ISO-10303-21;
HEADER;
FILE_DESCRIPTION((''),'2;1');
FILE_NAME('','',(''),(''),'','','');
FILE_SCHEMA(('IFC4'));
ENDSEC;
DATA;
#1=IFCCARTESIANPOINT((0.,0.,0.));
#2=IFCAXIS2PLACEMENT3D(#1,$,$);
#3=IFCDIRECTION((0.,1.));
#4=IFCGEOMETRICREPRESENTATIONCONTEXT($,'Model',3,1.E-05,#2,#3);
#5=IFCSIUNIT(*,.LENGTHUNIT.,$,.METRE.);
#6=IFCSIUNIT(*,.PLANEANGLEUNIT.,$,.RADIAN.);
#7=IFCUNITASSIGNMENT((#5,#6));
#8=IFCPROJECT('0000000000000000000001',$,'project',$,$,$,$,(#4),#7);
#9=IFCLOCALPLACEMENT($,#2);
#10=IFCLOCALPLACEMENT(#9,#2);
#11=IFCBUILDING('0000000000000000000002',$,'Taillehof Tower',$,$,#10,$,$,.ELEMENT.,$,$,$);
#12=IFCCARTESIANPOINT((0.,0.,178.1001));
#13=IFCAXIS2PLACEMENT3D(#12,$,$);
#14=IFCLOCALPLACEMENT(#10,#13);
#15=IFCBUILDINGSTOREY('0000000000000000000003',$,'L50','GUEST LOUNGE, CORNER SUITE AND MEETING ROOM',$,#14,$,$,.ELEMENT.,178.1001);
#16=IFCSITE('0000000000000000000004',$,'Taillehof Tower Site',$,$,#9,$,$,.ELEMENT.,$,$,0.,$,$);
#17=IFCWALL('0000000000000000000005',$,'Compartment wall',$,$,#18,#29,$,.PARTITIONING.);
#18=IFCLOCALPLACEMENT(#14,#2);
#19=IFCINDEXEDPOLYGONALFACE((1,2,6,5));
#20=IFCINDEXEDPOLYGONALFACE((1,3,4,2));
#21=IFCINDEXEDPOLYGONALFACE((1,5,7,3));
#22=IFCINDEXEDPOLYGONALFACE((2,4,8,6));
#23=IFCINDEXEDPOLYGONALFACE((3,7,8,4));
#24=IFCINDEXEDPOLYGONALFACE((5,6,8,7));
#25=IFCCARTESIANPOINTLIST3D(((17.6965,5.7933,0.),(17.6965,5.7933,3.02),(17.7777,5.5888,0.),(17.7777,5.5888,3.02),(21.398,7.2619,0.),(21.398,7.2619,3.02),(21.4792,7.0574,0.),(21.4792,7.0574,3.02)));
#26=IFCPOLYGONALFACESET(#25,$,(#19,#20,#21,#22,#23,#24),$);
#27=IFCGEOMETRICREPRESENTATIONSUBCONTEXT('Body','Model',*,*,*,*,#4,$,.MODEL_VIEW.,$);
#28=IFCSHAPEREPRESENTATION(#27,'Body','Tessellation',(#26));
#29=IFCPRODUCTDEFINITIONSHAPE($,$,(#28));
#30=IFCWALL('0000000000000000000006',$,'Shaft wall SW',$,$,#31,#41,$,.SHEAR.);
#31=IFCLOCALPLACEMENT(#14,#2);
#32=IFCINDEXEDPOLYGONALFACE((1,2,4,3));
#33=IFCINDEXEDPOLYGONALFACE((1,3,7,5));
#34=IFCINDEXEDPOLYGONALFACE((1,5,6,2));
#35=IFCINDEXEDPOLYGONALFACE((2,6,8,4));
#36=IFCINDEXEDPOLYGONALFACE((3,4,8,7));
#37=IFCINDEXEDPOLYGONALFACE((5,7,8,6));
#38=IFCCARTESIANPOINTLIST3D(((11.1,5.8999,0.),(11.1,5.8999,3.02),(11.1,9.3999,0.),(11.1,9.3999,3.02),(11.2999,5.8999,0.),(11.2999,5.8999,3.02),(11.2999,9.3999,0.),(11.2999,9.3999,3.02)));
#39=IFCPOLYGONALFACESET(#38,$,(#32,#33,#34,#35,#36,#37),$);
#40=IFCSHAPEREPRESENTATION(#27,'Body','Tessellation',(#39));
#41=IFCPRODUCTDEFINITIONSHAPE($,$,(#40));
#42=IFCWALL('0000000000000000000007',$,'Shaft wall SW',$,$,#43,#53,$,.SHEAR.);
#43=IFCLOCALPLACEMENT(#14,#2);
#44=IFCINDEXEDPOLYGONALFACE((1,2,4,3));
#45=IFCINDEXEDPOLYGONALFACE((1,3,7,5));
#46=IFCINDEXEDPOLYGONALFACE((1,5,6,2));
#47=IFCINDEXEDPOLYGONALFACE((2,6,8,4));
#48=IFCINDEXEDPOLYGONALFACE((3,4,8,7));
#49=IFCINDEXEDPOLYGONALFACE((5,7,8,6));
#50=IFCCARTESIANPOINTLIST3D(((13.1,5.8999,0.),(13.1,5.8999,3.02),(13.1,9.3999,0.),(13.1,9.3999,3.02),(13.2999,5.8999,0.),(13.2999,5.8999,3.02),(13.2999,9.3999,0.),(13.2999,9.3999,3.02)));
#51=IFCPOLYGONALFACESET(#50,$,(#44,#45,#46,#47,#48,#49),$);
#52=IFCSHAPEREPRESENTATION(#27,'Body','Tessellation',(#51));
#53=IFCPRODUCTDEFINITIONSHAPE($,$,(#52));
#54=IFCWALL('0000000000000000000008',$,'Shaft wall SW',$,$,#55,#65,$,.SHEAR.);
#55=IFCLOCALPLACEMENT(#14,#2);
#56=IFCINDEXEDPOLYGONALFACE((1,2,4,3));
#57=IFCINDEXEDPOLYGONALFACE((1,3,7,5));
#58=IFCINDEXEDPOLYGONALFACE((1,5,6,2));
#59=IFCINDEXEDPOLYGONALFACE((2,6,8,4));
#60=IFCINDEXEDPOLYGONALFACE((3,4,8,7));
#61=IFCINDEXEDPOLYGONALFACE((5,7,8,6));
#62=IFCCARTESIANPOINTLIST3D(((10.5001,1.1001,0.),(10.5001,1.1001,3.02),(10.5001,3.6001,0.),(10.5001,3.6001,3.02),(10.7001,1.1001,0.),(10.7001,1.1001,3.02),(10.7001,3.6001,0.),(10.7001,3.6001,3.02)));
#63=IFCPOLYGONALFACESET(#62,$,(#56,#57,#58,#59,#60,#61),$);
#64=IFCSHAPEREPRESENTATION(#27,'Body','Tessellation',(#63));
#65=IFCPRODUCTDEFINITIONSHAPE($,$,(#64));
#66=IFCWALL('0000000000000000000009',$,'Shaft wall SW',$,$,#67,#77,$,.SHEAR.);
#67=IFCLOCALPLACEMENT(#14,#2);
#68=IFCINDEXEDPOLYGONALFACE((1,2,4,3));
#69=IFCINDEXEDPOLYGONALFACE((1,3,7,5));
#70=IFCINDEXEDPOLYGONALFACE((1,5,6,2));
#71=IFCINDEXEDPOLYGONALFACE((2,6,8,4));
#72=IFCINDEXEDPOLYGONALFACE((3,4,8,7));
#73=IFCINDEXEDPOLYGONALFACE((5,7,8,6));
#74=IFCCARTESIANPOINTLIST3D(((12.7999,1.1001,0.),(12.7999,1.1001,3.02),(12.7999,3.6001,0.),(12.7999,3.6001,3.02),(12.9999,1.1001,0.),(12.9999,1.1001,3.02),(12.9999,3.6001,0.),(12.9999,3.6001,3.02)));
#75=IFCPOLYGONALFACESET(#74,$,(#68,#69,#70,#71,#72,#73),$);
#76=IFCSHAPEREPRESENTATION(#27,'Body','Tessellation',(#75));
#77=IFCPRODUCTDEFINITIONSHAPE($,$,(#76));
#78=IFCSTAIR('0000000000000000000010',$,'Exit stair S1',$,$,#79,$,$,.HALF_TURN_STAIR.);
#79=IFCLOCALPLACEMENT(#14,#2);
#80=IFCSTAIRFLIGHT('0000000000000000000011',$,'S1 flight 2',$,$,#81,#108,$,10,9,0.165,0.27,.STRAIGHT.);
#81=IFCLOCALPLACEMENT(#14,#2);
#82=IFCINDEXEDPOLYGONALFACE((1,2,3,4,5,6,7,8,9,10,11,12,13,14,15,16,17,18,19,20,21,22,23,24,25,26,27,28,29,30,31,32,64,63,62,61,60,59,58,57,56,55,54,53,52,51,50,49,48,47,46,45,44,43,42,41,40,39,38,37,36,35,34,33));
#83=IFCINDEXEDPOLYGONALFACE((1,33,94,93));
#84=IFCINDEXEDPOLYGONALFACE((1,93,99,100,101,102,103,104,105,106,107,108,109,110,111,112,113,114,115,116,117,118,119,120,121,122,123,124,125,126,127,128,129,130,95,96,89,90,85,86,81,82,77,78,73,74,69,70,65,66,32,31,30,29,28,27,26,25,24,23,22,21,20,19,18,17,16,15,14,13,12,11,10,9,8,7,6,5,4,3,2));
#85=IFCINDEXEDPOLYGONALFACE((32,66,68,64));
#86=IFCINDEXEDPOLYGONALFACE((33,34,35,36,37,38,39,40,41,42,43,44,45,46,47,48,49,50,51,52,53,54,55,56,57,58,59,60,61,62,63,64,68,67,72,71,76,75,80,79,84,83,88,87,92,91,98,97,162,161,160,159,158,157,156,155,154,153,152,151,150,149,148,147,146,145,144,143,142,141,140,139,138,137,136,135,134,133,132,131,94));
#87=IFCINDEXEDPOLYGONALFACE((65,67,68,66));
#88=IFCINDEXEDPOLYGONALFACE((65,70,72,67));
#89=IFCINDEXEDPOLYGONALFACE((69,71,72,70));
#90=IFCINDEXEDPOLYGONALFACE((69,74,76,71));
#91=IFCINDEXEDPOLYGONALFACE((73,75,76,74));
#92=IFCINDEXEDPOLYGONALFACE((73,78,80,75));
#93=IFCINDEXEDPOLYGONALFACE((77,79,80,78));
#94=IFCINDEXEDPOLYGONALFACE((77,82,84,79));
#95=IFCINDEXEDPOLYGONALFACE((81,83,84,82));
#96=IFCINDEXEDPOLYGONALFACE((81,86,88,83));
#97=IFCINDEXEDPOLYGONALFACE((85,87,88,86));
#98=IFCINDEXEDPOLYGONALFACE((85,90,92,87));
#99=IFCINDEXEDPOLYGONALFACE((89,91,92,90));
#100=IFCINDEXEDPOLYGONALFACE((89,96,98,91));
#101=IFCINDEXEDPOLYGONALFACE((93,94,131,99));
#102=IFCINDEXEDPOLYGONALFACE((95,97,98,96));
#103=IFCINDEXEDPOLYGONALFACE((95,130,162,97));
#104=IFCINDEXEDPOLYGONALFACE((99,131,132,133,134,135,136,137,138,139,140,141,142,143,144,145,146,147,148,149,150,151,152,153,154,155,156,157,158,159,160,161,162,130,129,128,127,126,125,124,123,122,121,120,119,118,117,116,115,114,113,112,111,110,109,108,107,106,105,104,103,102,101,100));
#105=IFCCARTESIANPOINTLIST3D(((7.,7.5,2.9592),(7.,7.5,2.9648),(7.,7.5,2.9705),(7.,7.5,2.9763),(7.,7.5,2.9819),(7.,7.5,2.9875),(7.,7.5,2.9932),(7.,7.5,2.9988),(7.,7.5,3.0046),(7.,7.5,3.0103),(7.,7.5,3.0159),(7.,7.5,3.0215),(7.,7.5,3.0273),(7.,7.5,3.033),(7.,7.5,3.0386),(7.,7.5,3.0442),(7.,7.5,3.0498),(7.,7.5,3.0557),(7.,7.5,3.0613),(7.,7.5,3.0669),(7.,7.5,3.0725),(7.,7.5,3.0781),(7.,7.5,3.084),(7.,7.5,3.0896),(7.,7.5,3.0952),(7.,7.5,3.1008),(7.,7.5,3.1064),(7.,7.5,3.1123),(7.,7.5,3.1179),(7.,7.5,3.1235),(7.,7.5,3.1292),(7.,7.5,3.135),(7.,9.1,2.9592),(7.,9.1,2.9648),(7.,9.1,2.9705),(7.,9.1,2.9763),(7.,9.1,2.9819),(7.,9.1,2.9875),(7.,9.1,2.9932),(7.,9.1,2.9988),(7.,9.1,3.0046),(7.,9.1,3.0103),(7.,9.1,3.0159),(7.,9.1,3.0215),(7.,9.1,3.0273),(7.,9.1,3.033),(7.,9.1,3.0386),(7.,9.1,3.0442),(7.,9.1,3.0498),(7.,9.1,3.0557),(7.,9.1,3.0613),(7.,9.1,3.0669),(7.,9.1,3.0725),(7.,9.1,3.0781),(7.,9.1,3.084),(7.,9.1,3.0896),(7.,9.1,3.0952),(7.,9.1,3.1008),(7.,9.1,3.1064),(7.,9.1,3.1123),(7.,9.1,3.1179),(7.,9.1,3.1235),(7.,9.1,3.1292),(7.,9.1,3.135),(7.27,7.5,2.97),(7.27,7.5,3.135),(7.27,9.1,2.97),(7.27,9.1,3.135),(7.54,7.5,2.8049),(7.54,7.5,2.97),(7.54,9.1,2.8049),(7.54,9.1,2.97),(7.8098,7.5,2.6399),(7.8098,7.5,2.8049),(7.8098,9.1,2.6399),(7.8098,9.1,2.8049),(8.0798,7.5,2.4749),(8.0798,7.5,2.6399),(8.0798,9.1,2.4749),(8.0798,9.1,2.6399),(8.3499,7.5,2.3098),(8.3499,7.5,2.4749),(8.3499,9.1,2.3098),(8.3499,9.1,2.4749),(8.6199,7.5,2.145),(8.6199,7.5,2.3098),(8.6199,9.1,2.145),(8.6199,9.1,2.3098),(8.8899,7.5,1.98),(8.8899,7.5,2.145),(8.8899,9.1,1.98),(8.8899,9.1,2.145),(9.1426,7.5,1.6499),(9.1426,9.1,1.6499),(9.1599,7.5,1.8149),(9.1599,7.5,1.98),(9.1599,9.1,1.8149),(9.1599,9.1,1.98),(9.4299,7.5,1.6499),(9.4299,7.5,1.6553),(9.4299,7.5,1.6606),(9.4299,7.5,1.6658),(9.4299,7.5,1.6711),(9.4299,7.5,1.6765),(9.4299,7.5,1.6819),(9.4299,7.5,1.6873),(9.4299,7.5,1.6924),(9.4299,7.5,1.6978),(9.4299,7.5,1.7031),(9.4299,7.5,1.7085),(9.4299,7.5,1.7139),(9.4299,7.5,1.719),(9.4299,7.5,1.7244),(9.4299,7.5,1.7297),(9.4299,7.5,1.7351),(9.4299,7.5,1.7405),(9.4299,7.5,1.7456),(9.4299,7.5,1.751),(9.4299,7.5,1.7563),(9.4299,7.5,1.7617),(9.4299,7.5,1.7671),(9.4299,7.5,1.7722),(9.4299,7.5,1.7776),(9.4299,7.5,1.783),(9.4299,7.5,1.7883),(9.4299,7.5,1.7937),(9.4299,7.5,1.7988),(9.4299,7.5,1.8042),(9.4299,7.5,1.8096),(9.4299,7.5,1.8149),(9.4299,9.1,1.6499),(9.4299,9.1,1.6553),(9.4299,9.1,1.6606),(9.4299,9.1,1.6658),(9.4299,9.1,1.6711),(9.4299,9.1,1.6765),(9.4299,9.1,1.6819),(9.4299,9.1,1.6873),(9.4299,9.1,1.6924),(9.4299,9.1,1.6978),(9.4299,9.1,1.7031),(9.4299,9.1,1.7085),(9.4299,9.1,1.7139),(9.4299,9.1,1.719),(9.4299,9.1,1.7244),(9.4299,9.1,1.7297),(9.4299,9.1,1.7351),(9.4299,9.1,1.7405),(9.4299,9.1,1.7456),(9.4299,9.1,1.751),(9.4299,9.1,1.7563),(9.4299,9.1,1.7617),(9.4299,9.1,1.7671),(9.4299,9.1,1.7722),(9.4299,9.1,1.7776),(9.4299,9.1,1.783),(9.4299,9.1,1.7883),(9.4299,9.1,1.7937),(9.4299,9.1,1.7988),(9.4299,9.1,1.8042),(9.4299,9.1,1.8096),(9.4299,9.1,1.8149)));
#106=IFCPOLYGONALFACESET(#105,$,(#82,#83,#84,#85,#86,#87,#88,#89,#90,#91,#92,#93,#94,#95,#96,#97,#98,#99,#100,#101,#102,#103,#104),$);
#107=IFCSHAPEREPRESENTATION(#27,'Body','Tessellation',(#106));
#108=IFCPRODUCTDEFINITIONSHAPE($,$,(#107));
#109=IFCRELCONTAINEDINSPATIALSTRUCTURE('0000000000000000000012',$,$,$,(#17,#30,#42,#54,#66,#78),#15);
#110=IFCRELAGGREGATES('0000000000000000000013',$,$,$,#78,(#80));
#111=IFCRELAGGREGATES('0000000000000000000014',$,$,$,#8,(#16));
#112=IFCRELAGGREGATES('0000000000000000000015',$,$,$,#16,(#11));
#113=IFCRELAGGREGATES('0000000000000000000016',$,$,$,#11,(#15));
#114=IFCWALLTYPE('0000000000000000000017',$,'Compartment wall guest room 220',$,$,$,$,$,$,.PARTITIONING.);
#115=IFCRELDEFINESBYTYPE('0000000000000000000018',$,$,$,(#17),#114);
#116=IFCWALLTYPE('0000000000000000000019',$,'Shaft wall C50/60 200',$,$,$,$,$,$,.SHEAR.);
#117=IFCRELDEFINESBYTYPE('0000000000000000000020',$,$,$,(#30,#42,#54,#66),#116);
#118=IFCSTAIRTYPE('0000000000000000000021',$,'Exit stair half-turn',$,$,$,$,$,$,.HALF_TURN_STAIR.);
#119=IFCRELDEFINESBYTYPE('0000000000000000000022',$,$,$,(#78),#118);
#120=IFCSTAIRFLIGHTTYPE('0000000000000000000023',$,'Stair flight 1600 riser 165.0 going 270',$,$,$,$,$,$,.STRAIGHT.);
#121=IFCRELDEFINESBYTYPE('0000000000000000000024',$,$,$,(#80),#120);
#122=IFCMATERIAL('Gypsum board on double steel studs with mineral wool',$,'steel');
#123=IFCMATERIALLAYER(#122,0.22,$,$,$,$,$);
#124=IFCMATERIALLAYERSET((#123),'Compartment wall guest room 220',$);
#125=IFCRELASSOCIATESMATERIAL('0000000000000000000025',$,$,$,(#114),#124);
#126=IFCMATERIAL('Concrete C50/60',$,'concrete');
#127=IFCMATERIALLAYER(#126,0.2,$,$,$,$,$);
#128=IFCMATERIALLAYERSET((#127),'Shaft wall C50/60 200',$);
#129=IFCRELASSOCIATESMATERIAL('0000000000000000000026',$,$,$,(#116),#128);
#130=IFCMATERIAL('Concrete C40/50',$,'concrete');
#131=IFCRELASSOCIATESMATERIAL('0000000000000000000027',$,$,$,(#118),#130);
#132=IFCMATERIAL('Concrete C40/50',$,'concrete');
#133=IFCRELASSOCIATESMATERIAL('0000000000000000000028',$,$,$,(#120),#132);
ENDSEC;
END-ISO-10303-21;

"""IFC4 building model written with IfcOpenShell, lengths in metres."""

from ifc_helpers import new_model, si_unit, direction, frame, frame_2d, origin, place, context, subcontext, project, spatial, polyline, rectangle, outline, extrude, material, layer, layer_set, type_object, element, aggregate, save


model = new_model("IFC4")

# Units and contexts
model_context = context("Model", 3, precision=1e-05, world=origin(), true_north=direction((0.0, 1.0)))
body_context = subcontext(model_context, "Body", "Model", "MODEL_VIEW")
ifc_project = project(units=[si_unit("LENGTHUNIT", "METRE"), si_unit("PLANEANGLEUNIT", "RADIAN")], contexts=[model_context])

# Site, building, storey
site_placement = place(None, origin())
site = spatial("IfcSite", under=ifc_project, at=site_placement, Name="Taillehof Tower Site", CompositionType="ELEMENT", RefElevation=0.0)
building_placement = place(site_placement, origin())
building = spatial("IfcBuilding", under=site, at=building_placement, Name="Taillehof Tower", CompositionType="ELEMENT")
storey_placement = place(building_placement, frame((0.0, 0.0, 178.1001)))
storey = spatial("IfcBuildingStorey", under=building, at=storey_placement, Name="L50", Description="GUEST LOUNGE, CORNER SUITE AND MEETING ROOM", CompositionType="ELEMENT", Elevation=178.1001)

# Walls
ifc_material_1 = material(Name="Gypsum board on double steel studs with mineral wool", Category="steel")
ifc_layer_1 = layer(ifc_material_1, 0.22)
ifc_layer_set_1 = layer_set([ifc_layer_1], Name="Compartment wall guest room 220")
wall_type_1 = type_object("IfcWallType", Name="Compartment wall guest room 220", PredefinedType="PARTITIONING", material=ifc_layer_set_1)
wall_1_placement = place(storey_placement, frame((21.4387, 7.1597, 0.0), z_axis=(0.0, 0.0, 1.0), x_axis=(-0.929517, -0.368778, 0.0)))
element("IfcWall", 1, at=wall_1_placement, inside=storey, type_object=wall_type_1, Name="Compartment wall", PredefinedType="PARTITIONING", context=body_context, shape_type="SweptSolid", body=[
    extrude(rectangle(XDim=3.9822, YDim=0.22, at=frame_2d((1.9912, 0.0))), origin(), (0.0, 0.0, 1.0), 3.02),
])
ifc_material_2 = material(Name="Concrete C50/60", Category="concrete")
ifc_layer_2 = layer(ifc_material_2, 0.2)
ifc_layer_set_2 = layer_set([ifc_layer_2], Name="Shaft wall C50/60 200")
wall_type_2 = type_object("IfcWallType", Name="Shaft wall C50/60 200", PredefinedType="SHEAR", material=ifc_layer_set_2)
for number, where, z_axis, x_axis, name in (
    (2, (11.2, 5.8999, 0.0), (0.0, 0.0, 1.0), (0.0, 1.0, 0.0), "Shaft wall SW"),
    (3, (13.2, 5.8999, 0.0), (0.0, 0.0, 1.0), (0.0, 1.0, 0.0), "Shaft wall SW"),
):
    element("IfcWall", number, at=place(storey_placement, frame(where, z_axis=z_axis, x_axis=x_axis)), inside=storey, type_object=wall_type_2, Name=name, PredefinedType="SHEAR", context=body_context, shape_type="SweptSolid", body=[
        extrude(rectangle(XDim=3.5, YDim=0.2, at=frame_2d((1.75, 0.0))), origin(), (0.0, 0.0, 1.0), 3.02),
    ])
for number, where, z_axis, x_axis, name in (
    (4, (10.6001, 1.1001, 0.0), (0.0, 0.0, 1.0), (0.0, 1.0, 0.0), "Shaft wall SW"),
    (5, (12.8999, 1.1001, 0.0), (0.0, 0.0, 1.0), (0.0, 1.0, 0.0), "Shaft wall SW"),
):
    element("IfcWall", number, at=place(storey_placement, frame(where, z_axis=z_axis, x_axis=x_axis)), inside=storey, type_object=wall_type_2, Name=name, PredefinedType="SHEAR", context=body_context, shape_type="SweptSolid", body=[
        extrude(rectangle(XDim=2.5, YDim=0.2, at=frame_2d((1.25, 0.0))), origin(), (0.0, 0.0, 1.0), 3.02),
    ])

# Stair, stair flight
ifc_material_3 = material(Name="Concrete C40/50", Category="concrete")
stair_type = type_object("IfcStairType", Name="Exit stair half-turn", PredefinedType="HALF_TURN_STAIR", material=ifc_material_3)
stair_placement = place(storey_placement, origin())
stair = element("IfcStair", 6, at=stair_placement, inside=storey, type_object=stair_type, Name="Exit stair S1", PredefinedType="HALF_TURN_STAIR")
ifc_material_4 = material(Name="Concrete C40/50", Category="concrete")
stair_flight_type = type_object("IfcStairFlightType", Name="Stair flight 1600 riser 165.0 going 270", PredefinedType="STRAIGHT", material=ifc_material_4)
stair_flight_placement = place(storey_placement, frame((9.4299, 8.3, 1.6499), z_axis=(0.0, 0.0, 1.0), x_axis=(-1.0, 0.0, 0.0)))
stair_flight = element("IfcStairFlight", 7, at=stair_flight_placement, type_object=stair_flight_type, Name="S1 flight 2", NumberOfRisers=10, NumberOfTreads=9, PredefinedType="STRAIGHT", RiserHeight=0.165, TreadLength=0.27, context=body_context, shape_type="SweptSolid", body=[
    extrude(outline(polyline([(0.0, 0.0), (0.0, 0.0054), (0.0, 0.0107), (0.0, 0.0159), (0.0, 0.0212), (0.0, 0.0266), (0.0, 0.032), (0.0, 0.0374), (0.0, 0.0425), (0.0, 0.0479), (0.0, 0.0532), (0.0, 0.0586), (0.0, 0.064), (0.0, 0.0691), (0.0, 0.0745), (0.0, 0.0798), (0.0, 0.0852), (0.0, 0.0906), (0.0, 0.0957), (0.0, 0.1011), (0.0, 0.1064), (0.0, 0.1118), (0.0, 0.1172), (0.0, 0.1223), (0.0, 0.1277), (0.0, 0.1331), (0.0, 0.1384), (0.0, 0.1438), (0.0, 0.1489), (0.0, 0.1543), (0.0, 0.1597), (0.0, 0.165), (0.27, 0.165), (0.27, 0.3301), (0.54, 0.3301), (0.54, 0.4951), (0.8101, 0.4951), (0.8101, 0.6599), (1.0801, 0.6599), (1.0801, 0.825), (1.3501, 0.825), (1.3501, 0.99), (1.6201, 0.99), (1.6201, 1.155), (1.8899, 1.155), (1.8899, 1.3201), (2.1599, 1.3201), (2.1599, 1.4851), (2.4299, 1.4851), (2.4299, 1.4792), (2.4299, 1.4736), (2.4299, 1.468), (2.4299, 1.4624), (2.4299, 1.4565), (2.4299, 1.4509), (2.4299, 1.4453), (2.4299, 1.4397), (2.4299, 1.4341), (2.4299, 1.4282), (2.4299, 1.4226), (2.4299, 1.417), (2.4299, 1.4114), (2.4299, 1.4058), (2.4299, 1.3999), (2.4299, 1.3943), (2.4299, 1.3887), (2.4299, 1.3831), (2.4299, 1.3774), (2.4299, 1.3716), (2.4299, 1.366), (2.4299, 1.3604), (2.4299, 1.3547), (2.4299, 1.3489), (2.4299, 1.3433), (2.4299, 1.3376), (2.4299, 1.332), (2.4299, 1.3264), (2.4299, 1.3206), (2.4299, 1.3149), (2.4299, 1.3093), (0.2874, 0.0), (0.0, 0.0)])), frame((0.0, 0.8, 0.0), z_axis=(0.0, -1.0, 0.0), x_axis=(1.0, 0.0, 0.0)), (0.0, 0.0, 1.0), 1.6),
])
aggregate(stair, [stair_flight])

save(model, "model.ifc")
